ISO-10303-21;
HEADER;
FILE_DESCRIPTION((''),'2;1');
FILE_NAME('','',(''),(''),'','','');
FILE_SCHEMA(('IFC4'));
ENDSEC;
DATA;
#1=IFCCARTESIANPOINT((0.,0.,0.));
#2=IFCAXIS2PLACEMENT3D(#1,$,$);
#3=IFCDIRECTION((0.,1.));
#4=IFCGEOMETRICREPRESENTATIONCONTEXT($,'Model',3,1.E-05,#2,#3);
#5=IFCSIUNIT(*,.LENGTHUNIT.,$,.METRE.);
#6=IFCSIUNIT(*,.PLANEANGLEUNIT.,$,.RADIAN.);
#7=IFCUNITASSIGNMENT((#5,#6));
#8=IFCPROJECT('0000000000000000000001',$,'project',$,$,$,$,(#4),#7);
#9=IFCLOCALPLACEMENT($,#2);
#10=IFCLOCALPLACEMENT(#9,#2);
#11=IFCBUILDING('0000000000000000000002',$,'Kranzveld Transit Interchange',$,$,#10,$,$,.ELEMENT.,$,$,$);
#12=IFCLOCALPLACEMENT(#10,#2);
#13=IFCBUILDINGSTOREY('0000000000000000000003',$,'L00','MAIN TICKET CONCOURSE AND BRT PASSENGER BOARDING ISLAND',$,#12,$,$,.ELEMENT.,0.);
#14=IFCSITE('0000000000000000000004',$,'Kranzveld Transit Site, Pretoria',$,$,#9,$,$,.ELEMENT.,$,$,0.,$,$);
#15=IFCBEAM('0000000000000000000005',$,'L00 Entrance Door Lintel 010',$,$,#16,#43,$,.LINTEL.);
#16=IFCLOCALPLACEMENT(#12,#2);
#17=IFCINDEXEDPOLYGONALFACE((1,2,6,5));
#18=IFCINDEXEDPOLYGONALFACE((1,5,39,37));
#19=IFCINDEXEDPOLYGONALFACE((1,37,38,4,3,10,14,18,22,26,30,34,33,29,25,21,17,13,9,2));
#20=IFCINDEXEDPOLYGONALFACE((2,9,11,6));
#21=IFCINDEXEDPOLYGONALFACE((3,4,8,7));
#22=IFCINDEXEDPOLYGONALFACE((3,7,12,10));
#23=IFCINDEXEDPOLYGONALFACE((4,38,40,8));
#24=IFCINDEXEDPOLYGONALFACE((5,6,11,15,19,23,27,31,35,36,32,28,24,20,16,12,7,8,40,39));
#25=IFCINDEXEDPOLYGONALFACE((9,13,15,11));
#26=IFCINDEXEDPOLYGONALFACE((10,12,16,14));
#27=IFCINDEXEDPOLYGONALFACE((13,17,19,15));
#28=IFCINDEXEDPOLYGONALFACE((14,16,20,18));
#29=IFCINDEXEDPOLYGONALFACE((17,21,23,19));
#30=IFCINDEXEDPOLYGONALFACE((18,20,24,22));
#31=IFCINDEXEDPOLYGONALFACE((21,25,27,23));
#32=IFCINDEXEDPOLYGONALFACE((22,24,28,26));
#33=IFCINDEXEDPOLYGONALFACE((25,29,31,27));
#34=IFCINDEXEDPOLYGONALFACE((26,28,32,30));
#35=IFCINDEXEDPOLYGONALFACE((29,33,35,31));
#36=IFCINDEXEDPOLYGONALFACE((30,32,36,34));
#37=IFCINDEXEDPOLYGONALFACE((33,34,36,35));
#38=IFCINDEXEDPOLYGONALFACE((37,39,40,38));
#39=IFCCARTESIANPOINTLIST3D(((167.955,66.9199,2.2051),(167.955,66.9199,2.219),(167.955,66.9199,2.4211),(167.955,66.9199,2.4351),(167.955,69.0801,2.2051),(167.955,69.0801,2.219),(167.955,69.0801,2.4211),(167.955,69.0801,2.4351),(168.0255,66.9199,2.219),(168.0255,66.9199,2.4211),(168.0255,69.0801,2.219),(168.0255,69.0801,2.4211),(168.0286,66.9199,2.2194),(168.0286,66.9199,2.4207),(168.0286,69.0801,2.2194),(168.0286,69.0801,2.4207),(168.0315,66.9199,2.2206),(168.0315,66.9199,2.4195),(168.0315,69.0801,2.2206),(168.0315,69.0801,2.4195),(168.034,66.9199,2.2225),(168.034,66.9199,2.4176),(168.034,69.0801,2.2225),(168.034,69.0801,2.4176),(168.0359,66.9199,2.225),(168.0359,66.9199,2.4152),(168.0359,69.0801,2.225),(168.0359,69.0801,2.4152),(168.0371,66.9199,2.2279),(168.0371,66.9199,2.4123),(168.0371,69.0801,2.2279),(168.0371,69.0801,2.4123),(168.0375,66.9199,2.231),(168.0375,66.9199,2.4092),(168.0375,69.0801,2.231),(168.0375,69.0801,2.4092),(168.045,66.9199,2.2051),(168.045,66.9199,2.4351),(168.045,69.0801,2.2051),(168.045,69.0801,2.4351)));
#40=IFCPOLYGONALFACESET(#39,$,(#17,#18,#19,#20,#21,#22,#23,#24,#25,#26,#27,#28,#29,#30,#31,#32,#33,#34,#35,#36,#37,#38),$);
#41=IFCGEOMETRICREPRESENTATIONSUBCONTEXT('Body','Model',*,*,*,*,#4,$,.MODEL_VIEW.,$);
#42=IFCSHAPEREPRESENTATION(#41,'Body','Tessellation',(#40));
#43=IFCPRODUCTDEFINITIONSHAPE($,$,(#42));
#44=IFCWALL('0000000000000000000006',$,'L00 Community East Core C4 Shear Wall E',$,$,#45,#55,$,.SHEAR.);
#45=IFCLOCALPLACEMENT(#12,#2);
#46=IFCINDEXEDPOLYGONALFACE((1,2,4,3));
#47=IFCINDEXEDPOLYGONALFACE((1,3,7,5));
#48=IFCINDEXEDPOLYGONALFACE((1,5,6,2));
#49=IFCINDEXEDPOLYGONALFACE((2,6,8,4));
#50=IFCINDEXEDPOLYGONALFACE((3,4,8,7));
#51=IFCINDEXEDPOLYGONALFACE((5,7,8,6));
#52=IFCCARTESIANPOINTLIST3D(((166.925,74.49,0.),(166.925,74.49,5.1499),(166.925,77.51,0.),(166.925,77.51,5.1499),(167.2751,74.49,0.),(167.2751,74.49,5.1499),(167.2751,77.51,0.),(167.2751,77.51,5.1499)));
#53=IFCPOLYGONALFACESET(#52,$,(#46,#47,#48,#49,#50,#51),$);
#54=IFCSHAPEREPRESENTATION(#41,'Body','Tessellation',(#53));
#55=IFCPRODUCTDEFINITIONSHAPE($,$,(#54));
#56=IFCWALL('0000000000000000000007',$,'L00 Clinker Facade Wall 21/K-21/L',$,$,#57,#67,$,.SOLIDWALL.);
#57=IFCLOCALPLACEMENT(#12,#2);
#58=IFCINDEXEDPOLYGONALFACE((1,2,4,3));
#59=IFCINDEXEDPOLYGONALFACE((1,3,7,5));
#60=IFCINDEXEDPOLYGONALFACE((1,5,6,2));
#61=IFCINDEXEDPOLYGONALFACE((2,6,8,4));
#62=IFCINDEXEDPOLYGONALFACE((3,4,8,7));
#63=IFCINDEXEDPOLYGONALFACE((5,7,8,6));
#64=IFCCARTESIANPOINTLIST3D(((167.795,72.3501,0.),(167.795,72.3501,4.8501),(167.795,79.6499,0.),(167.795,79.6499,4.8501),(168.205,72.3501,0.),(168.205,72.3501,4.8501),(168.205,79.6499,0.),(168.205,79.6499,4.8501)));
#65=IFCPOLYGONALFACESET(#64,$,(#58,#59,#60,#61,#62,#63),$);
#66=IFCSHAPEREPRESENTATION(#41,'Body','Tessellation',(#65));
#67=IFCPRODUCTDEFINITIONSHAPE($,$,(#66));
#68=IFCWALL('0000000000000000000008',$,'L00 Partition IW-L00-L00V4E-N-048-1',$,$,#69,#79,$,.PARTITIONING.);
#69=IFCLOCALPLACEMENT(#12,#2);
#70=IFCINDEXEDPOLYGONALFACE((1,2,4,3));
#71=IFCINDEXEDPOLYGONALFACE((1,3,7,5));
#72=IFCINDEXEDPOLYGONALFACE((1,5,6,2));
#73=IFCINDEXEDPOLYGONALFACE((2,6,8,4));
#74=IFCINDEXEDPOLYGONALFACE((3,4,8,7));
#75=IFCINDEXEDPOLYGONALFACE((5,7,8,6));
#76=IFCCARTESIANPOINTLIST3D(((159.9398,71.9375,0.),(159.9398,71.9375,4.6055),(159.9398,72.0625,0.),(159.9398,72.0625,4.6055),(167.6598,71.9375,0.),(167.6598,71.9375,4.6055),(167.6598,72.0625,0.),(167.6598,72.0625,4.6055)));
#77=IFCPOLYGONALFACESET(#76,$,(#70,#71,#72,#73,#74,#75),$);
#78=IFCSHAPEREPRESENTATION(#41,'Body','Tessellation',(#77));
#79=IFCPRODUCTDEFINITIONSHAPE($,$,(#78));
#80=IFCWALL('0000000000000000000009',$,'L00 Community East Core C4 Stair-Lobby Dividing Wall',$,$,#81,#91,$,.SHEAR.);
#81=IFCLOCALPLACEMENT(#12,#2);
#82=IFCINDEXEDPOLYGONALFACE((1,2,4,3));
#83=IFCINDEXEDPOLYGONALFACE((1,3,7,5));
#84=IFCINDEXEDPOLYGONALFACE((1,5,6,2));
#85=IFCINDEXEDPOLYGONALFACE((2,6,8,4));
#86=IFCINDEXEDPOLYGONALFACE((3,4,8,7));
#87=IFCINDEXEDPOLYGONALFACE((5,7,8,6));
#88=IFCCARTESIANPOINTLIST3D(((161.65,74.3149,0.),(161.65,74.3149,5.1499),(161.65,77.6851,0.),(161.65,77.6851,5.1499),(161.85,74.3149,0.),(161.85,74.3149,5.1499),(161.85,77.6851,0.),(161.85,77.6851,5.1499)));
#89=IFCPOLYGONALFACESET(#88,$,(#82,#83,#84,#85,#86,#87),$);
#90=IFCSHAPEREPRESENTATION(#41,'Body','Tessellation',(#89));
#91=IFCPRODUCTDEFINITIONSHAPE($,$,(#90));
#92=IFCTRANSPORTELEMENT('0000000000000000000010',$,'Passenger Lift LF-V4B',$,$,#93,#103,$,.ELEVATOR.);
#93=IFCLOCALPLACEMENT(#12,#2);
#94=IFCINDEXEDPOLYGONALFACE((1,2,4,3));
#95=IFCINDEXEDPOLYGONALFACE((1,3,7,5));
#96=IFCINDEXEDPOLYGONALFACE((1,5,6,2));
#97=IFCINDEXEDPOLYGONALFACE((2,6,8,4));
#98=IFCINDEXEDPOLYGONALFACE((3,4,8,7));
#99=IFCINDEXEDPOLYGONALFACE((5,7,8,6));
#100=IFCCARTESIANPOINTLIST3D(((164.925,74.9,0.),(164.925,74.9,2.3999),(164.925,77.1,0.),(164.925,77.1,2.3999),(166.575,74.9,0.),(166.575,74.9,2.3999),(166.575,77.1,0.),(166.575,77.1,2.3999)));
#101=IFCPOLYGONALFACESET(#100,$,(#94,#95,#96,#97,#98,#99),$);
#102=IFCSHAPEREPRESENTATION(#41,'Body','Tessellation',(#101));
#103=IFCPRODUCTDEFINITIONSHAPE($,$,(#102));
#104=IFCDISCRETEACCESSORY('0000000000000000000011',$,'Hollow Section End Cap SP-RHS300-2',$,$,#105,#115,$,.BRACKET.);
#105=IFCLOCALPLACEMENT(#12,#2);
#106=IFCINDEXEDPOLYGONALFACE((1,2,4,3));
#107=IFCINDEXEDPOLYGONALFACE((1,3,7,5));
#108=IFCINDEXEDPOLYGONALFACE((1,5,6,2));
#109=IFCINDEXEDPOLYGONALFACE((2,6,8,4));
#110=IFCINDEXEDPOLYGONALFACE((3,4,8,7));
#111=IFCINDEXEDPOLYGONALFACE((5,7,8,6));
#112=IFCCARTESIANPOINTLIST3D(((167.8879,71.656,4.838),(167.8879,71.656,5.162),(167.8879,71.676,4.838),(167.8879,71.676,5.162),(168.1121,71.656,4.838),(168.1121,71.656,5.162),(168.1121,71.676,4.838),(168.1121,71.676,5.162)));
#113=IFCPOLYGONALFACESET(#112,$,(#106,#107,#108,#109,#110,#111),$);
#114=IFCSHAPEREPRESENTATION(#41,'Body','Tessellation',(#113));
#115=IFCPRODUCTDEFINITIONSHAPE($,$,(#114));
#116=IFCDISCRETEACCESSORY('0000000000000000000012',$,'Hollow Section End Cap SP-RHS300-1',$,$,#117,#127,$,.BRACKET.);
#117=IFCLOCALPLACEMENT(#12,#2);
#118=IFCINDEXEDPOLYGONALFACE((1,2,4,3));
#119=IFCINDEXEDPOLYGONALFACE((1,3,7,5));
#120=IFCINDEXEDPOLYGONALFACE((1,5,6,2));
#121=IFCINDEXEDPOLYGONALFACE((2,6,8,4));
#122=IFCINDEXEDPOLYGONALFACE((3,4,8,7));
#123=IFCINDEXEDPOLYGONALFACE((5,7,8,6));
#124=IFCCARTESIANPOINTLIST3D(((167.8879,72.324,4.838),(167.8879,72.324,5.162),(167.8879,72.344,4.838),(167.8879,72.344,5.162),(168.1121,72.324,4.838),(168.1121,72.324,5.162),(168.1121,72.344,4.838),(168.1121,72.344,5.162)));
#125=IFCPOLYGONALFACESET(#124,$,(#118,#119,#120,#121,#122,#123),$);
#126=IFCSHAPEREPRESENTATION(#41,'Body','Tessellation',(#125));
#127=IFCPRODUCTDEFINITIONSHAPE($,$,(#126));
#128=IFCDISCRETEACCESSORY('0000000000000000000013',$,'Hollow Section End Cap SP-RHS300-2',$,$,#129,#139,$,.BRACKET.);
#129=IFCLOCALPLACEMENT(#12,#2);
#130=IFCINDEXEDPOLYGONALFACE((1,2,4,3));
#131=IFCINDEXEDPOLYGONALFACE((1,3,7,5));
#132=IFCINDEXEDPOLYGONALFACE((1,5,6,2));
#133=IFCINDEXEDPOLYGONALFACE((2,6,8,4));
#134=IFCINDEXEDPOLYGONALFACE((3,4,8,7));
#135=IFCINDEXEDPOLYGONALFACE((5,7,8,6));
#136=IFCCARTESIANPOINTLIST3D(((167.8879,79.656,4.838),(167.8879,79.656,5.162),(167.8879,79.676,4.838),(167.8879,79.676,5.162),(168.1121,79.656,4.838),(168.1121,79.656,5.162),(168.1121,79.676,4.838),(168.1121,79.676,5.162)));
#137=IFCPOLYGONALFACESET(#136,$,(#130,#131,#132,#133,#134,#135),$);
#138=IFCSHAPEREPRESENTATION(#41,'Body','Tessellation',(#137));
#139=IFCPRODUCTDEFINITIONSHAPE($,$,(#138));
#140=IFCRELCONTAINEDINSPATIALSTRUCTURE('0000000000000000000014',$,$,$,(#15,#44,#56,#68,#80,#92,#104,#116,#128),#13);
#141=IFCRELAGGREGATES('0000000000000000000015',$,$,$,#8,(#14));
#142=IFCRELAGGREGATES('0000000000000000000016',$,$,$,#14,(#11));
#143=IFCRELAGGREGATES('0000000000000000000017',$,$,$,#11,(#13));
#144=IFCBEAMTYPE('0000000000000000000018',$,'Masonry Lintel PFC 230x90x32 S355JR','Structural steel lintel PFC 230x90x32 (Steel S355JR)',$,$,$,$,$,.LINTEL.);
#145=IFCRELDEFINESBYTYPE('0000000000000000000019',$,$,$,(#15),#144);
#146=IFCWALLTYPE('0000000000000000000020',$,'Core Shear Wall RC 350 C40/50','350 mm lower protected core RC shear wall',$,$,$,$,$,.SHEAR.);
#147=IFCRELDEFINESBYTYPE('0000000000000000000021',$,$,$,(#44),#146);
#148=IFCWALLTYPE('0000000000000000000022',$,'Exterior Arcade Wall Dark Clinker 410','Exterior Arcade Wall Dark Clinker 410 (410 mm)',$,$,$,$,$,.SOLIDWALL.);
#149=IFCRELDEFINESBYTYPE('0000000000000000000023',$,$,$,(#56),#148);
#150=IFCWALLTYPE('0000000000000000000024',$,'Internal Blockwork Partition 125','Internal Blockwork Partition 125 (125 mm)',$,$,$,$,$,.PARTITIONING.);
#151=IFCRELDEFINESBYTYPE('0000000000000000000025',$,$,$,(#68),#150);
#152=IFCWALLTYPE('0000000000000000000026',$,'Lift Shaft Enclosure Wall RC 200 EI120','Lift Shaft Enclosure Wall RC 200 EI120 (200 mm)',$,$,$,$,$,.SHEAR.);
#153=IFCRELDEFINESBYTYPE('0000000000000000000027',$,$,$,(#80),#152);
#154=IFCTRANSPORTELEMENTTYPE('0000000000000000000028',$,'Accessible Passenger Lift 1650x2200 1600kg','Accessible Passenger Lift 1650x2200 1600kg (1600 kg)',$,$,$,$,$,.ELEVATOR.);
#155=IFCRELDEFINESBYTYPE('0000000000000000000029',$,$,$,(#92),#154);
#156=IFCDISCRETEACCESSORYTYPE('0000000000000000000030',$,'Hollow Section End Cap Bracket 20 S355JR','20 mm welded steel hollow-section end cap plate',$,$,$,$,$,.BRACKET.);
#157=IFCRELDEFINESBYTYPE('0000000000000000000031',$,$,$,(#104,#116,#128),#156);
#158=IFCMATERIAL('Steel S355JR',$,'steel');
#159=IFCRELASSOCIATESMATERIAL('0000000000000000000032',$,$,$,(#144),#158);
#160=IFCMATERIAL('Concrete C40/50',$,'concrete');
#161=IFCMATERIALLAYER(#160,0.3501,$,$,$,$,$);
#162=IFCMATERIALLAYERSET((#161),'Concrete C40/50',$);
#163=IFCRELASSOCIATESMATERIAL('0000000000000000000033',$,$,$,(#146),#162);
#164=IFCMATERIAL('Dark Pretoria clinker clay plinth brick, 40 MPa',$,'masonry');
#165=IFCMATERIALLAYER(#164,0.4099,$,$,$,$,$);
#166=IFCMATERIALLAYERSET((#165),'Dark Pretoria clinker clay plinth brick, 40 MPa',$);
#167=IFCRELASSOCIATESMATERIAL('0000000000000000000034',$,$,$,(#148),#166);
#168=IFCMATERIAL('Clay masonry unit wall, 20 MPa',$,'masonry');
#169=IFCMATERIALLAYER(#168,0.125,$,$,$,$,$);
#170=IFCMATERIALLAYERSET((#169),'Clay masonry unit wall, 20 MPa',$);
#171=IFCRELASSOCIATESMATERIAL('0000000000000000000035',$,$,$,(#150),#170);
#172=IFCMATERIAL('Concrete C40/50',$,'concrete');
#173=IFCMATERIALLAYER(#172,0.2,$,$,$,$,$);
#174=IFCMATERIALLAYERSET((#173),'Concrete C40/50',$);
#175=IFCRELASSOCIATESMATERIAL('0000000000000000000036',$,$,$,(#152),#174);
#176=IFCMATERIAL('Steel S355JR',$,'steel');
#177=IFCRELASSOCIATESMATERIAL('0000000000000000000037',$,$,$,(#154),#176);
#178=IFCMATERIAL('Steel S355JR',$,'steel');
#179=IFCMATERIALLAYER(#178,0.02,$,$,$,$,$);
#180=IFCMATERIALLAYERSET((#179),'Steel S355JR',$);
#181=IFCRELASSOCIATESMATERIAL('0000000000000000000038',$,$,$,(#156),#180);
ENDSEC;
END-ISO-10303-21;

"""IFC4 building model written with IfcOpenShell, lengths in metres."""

from ifc_helpers import new_model, si_unit, direction, frame, frame_2d, origin, origin_2d, place, context, subcontext, project, spatial, rectangle, u_section, extrude, material, layer, layer_set, material_profile, profile_set, type_object, element, save


model = new_model("IFC4")

# Units and contexts
model_context = context("Model", 3, precision=1e-05, world=origin(), true_north=direction((0.0, 1.0)))
body_context = subcontext(model_context, "Body", "Model", "MODEL_VIEW")
ifc_project = project(units=[si_unit("LENGTHUNIT", "METRE"), si_unit("PLANEANGLEUNIT", "RADIAN")], contexts=[model_context])

# Site, building, storey
site_placement = place(None, origin())
site = spatial("IfcSite", under=ifc_project, at=site_placement, Name="Kranzveld Transit Site, Pretoria", CompositionType="ELEMENT", RefElevation=0.0)
building_placement = place(site_placement, origin())
building = spatial("IfcBuilding", under=site, at=building_placement, Name="Kranzveld Transit Interchange", CompositionType="ELEMENT")
storey_placement = place(building_placement, origin())
storey = spatial("IfcBuildingStorey", under=building, at=storey_placement, Name="L00", Description="MAIN TICKET CONCOURSE AND BRT PASSENGER BOARDING ISLAND", CompositionType="ELEMENT", Elevation=0.0)

# Beam
ifc_material_1 = material(Name="Steel S355JR", Category="steel")
ifc_material_profile_1 = material_profile(ifc_material_1, u_section(Depth=0.23, FlangeWidth=0.0901, WebThickness=0.0076, FlangeThickness=0.0139, FilletRadius=0.012, at=origin_2d()), Name="PFC 230x90x32")
ifc_profile_set_1 = profile_set([ifc_material_profile_1], Name="Steel S355JR")
beam_type_1 = type_object("IfcBeamType", Name="Masonry Lintel PFC 230x90x32 S355JR", Description="Structural steel lintel PFC 230x90x32 (Steel S355JR)", PredefinedType="LINTEL", material=ifc_profile_set_1)
beam_1_placement = place(storey_placement, frame((168.0, 66.9199, 2.3201), z_axis=(0.0, 1.0, 0.0), x_axis=(-1.0, 0.0, 0.0)))
element("IfcBeam", 1, at=beam_1_placement, inside=storey, type_object=beam_type_1, Name="L00 Entrance Door Lintel 010", PredefinedType="LINTEL", context=body_context, shape_type="SweptSolid", body=[
    extrude(u_section(Depth=0.23, FlangeWidth=0.0901, WebThickness=0.0076, FlangeThickness=0.0139, FilletRadius=0.012, at=origin_2d()), origin(), (0.0, 0.0, 1.0), 2.1602),
])

# Walls
ifc_material_2 = material(Name="Concrete C40/50", Category="concrete")
ifc_layer_1 = layer(ifc_material_2, 0.3501)
ifc_layer_set_1 = layer_set([ifc_layer_1], Name="Concrete C40/50")
wall_type_1 = type_object("IfcWallType", Name="Core Shear Wall RC 350 C40/50", Description="350 mm lower protected core RC shear wall", PredefinedType="SHEAR", material=ifc_layer_set_1)
wall_1_placement = place(storey_placement, frame((167.1001, 74.49, 0.0), z_axis=(0.0, 0.0, 1.0), x_axis=(0.0, 1.0, 0.0)))
element("IfcWall", 2, at=wall_1_placement, inside=storey, type_object=wall_type_1, Name="L00 Community East Core C4 Shear Wall E", PredefinedType="SHEAR", context=body_context, shape_type="SweptSolid", body=[
    extrude(rectangle(XDim=3.02, YDim=0.3501, at=frame_2d((1.51, 0.0))), origin(), (0.0, 0.0, 1.0), 5.1499),
])
ifc_material_3 = material(Name="Dark Pretoria clinker clay plinth brick, 40 MPa", Category="masonry")
ifc_layer_2 = layer(ifc_material_3, 0.4099)
ifc_layer_set_2 = layer_set([ifc_layer_2], Name="Dark Pretoria clinker clay plinth brick, 40 MPa")
wall_type_2 = type_object("IfcWallType", Name="Exterior Arcade Wall Dark Clinker 410", Description="Exterior Arcade Wall Dark Clinker 410 (410 mm)", PredefinedType="SOLIDWALL", material=ifc_layer_set_2)
wall_2_placement = place(storey_placement, frame((168.0, 72.3501, 0.0), z_axis=(0.0, 0.0, 1.0), x_axis=(0.0, 1.0, 0.0)))
element("IfcWall", 3, at=wall_2_placement, inside=storey, type_object=wall_type_2, Name="L00 Clinker Facade Wall 21/K-21/L", PredefinedType="SOLIDWALL", context=body_context, shape_type="SweptSolid", body=[
    extrude(rectangle(XDim=7.2998, YDim=0.4099, at=frame_2d((3.6499, 0.0))), origin(), (0.0, 0.0, 1.0), 4.8501),
])
ifc_material_4 = material(Name="Clay masonry unit wall, 20 MPa", Category="masonry")
ifc_layer_3 = layer(ifc_material_4, 0.125)
ifc_layer_set_3 = layer_set([ifc_layer_3], Name="Clay masonry unit wall, 20 MPa")
wall_type_3 = type_object("IfcWallType", Name="Internal Blockwork Partition 125", Description="Internal Blockwork Partition 125 (125 mm)", PredefinedType="PARTITIONING", material=ifc_layer_set_3)
wall_3_placement = place(storey_placement, frame((159.9399, 72.0, 0.0), z_axis=(0.0, 0.0, 1.0), x_axis=(1.0, 0.0, 0.0)))
element("IfcWall", 4, at=wall_3_placement, inside=storey, type_object=wall_type_3, Name="L00 Partition IW-L00-L00V4E-N-048-1", PredefinedType="PARTITIONING", context=body_context, shape_type="SweptSolid", body=[
    extrude(rectangle(XDim=7.72, YDim=0.125, at=frame_2d((3.8599, 0.0))), origin(), (0.0, 0.0, 1.0), 4.6055),
])
ifc_material_5 = material(Name="Concrete C40/50", Category="concrete")
ifc_layer_4 = layer(ifc_material_5, 0.2)
ifc_layer_set_4 = layer_set([ifc_layer_4], Name="Concrete C40/50")
wall_type_4 = type_object("IfcWallType", Name="Lift Shaft Enclosure Wall RC 200 EI120", Description="Lift Shaft Enclosure Wall RC 200 EI120 (200 mm)", PredefinedType="SHEAR", material=ifc_layer_set_4)
wall_4_placement = place(storey_placement, frame((161.75, 74.3149, 0.0), z_axis=(0.0, 0.0, 1.0), x_axis=(0.0, 1.0, 0.0)))
element("IfcWall", 5, at=wall_4_placement, inside=storey, type_object=wall_type_4, Name="L00 Community East Core C4 Stair-Lobby Dividing Wall", PredefinedType="SHEAR", context=body_context, shape_type="SweptSolid", body=[
    extrude(rectangle(XDim=3.3701, YDim=0.2, at=frame_2d((1.6851, 0.0))), origin(), (0.0, 0.0, 1.0), 5.1499),
])

# Transport element
ifc_material_6 = material(Name="Steel S355JR", Category="steel")
transport_element_type = type_object("IfcTransportElementType", Name="Accessible Passenger Lift 1650x2200 1600kg", Description="Accessible Passenger Lift 1650x2200 1600kg (1600 kg)", PredefinedType="ELEVATOR", material=ifc_material_6)
transport_element_placement = place(storey_placement, frame((165.75, 76.0, 0.0), z_axis=(0.0, 0.0, 1.0), x_axis=(1.0, 0.0, 0.0)))
element("IfcTransportElement", 6, at=transport_element_placement, inside=storey, type_object=transport_element_type, Name="Passenger Lift LF-V4B", PredefinedType="ELEVATOR", context=body_context, shape_type="SweptSolid", body=[
    extrude(rectangle(XDim=1.6499, YDim=2.2, at=origin_2d()), origin(), (0.0, 0.0, 1.0), 2.3999),
])

# Discrete accessories
ifc_material_7 = material(Name="Steel S355JR", Category="steel")
ifc_layer_5 = layer(ifc_material_7, 0.02)
ifc_layer_set_5 = layer_set([ifc_layer_5], Name="Steel S355JR")
discrete_accessory_type = type_object("IfcDiscreteAccessoryType", Name="Hollow Section End Cap Bracket 20 S355JR", Description="20 mm welded steel hollow-section end cap plate", PredefinedType="BRACKET", material=ifc_layer_set_5)
for number, where, z_axis, x_axis, name in (
    (7, (168.0, 71.656, 5.0), (0.0, 1.0, 0.0), (-1.0, 0.0, 0.0), "Hollow Section End Cap SP-RHS300-2"),
    (8, (168.0, 72.344, 5.0), (0.0, -1.0, 0.0), (1.0, 0.0, 0.0), "Hollow Section End Cap SP-RHS300-1"),
    (9, (168.0, 79.656, 5.0), (0.0, 1.0, 0.0), (-1.0, 0.0, 0.0), "Hollow Section End Cap SP-RHS300-2"),
):
    element("IfcDiscreteAccessory", number, at=place(storey_placement, frame(where, z_axis=z_axis, x_axis=x_axis)), inside=storey, type_object=discrete_accessory_type, Name=name, PredefinedType="BRACKET", context=body_context, shape_type="SweptSolid", body=[
        extrude(rectangle(XDim=0.2241, YDim=0.324, at=origin_2d()), origin(), (0.0, 0.0, 1.0), 0.02),
    ])

save(model, "model.ifc")
